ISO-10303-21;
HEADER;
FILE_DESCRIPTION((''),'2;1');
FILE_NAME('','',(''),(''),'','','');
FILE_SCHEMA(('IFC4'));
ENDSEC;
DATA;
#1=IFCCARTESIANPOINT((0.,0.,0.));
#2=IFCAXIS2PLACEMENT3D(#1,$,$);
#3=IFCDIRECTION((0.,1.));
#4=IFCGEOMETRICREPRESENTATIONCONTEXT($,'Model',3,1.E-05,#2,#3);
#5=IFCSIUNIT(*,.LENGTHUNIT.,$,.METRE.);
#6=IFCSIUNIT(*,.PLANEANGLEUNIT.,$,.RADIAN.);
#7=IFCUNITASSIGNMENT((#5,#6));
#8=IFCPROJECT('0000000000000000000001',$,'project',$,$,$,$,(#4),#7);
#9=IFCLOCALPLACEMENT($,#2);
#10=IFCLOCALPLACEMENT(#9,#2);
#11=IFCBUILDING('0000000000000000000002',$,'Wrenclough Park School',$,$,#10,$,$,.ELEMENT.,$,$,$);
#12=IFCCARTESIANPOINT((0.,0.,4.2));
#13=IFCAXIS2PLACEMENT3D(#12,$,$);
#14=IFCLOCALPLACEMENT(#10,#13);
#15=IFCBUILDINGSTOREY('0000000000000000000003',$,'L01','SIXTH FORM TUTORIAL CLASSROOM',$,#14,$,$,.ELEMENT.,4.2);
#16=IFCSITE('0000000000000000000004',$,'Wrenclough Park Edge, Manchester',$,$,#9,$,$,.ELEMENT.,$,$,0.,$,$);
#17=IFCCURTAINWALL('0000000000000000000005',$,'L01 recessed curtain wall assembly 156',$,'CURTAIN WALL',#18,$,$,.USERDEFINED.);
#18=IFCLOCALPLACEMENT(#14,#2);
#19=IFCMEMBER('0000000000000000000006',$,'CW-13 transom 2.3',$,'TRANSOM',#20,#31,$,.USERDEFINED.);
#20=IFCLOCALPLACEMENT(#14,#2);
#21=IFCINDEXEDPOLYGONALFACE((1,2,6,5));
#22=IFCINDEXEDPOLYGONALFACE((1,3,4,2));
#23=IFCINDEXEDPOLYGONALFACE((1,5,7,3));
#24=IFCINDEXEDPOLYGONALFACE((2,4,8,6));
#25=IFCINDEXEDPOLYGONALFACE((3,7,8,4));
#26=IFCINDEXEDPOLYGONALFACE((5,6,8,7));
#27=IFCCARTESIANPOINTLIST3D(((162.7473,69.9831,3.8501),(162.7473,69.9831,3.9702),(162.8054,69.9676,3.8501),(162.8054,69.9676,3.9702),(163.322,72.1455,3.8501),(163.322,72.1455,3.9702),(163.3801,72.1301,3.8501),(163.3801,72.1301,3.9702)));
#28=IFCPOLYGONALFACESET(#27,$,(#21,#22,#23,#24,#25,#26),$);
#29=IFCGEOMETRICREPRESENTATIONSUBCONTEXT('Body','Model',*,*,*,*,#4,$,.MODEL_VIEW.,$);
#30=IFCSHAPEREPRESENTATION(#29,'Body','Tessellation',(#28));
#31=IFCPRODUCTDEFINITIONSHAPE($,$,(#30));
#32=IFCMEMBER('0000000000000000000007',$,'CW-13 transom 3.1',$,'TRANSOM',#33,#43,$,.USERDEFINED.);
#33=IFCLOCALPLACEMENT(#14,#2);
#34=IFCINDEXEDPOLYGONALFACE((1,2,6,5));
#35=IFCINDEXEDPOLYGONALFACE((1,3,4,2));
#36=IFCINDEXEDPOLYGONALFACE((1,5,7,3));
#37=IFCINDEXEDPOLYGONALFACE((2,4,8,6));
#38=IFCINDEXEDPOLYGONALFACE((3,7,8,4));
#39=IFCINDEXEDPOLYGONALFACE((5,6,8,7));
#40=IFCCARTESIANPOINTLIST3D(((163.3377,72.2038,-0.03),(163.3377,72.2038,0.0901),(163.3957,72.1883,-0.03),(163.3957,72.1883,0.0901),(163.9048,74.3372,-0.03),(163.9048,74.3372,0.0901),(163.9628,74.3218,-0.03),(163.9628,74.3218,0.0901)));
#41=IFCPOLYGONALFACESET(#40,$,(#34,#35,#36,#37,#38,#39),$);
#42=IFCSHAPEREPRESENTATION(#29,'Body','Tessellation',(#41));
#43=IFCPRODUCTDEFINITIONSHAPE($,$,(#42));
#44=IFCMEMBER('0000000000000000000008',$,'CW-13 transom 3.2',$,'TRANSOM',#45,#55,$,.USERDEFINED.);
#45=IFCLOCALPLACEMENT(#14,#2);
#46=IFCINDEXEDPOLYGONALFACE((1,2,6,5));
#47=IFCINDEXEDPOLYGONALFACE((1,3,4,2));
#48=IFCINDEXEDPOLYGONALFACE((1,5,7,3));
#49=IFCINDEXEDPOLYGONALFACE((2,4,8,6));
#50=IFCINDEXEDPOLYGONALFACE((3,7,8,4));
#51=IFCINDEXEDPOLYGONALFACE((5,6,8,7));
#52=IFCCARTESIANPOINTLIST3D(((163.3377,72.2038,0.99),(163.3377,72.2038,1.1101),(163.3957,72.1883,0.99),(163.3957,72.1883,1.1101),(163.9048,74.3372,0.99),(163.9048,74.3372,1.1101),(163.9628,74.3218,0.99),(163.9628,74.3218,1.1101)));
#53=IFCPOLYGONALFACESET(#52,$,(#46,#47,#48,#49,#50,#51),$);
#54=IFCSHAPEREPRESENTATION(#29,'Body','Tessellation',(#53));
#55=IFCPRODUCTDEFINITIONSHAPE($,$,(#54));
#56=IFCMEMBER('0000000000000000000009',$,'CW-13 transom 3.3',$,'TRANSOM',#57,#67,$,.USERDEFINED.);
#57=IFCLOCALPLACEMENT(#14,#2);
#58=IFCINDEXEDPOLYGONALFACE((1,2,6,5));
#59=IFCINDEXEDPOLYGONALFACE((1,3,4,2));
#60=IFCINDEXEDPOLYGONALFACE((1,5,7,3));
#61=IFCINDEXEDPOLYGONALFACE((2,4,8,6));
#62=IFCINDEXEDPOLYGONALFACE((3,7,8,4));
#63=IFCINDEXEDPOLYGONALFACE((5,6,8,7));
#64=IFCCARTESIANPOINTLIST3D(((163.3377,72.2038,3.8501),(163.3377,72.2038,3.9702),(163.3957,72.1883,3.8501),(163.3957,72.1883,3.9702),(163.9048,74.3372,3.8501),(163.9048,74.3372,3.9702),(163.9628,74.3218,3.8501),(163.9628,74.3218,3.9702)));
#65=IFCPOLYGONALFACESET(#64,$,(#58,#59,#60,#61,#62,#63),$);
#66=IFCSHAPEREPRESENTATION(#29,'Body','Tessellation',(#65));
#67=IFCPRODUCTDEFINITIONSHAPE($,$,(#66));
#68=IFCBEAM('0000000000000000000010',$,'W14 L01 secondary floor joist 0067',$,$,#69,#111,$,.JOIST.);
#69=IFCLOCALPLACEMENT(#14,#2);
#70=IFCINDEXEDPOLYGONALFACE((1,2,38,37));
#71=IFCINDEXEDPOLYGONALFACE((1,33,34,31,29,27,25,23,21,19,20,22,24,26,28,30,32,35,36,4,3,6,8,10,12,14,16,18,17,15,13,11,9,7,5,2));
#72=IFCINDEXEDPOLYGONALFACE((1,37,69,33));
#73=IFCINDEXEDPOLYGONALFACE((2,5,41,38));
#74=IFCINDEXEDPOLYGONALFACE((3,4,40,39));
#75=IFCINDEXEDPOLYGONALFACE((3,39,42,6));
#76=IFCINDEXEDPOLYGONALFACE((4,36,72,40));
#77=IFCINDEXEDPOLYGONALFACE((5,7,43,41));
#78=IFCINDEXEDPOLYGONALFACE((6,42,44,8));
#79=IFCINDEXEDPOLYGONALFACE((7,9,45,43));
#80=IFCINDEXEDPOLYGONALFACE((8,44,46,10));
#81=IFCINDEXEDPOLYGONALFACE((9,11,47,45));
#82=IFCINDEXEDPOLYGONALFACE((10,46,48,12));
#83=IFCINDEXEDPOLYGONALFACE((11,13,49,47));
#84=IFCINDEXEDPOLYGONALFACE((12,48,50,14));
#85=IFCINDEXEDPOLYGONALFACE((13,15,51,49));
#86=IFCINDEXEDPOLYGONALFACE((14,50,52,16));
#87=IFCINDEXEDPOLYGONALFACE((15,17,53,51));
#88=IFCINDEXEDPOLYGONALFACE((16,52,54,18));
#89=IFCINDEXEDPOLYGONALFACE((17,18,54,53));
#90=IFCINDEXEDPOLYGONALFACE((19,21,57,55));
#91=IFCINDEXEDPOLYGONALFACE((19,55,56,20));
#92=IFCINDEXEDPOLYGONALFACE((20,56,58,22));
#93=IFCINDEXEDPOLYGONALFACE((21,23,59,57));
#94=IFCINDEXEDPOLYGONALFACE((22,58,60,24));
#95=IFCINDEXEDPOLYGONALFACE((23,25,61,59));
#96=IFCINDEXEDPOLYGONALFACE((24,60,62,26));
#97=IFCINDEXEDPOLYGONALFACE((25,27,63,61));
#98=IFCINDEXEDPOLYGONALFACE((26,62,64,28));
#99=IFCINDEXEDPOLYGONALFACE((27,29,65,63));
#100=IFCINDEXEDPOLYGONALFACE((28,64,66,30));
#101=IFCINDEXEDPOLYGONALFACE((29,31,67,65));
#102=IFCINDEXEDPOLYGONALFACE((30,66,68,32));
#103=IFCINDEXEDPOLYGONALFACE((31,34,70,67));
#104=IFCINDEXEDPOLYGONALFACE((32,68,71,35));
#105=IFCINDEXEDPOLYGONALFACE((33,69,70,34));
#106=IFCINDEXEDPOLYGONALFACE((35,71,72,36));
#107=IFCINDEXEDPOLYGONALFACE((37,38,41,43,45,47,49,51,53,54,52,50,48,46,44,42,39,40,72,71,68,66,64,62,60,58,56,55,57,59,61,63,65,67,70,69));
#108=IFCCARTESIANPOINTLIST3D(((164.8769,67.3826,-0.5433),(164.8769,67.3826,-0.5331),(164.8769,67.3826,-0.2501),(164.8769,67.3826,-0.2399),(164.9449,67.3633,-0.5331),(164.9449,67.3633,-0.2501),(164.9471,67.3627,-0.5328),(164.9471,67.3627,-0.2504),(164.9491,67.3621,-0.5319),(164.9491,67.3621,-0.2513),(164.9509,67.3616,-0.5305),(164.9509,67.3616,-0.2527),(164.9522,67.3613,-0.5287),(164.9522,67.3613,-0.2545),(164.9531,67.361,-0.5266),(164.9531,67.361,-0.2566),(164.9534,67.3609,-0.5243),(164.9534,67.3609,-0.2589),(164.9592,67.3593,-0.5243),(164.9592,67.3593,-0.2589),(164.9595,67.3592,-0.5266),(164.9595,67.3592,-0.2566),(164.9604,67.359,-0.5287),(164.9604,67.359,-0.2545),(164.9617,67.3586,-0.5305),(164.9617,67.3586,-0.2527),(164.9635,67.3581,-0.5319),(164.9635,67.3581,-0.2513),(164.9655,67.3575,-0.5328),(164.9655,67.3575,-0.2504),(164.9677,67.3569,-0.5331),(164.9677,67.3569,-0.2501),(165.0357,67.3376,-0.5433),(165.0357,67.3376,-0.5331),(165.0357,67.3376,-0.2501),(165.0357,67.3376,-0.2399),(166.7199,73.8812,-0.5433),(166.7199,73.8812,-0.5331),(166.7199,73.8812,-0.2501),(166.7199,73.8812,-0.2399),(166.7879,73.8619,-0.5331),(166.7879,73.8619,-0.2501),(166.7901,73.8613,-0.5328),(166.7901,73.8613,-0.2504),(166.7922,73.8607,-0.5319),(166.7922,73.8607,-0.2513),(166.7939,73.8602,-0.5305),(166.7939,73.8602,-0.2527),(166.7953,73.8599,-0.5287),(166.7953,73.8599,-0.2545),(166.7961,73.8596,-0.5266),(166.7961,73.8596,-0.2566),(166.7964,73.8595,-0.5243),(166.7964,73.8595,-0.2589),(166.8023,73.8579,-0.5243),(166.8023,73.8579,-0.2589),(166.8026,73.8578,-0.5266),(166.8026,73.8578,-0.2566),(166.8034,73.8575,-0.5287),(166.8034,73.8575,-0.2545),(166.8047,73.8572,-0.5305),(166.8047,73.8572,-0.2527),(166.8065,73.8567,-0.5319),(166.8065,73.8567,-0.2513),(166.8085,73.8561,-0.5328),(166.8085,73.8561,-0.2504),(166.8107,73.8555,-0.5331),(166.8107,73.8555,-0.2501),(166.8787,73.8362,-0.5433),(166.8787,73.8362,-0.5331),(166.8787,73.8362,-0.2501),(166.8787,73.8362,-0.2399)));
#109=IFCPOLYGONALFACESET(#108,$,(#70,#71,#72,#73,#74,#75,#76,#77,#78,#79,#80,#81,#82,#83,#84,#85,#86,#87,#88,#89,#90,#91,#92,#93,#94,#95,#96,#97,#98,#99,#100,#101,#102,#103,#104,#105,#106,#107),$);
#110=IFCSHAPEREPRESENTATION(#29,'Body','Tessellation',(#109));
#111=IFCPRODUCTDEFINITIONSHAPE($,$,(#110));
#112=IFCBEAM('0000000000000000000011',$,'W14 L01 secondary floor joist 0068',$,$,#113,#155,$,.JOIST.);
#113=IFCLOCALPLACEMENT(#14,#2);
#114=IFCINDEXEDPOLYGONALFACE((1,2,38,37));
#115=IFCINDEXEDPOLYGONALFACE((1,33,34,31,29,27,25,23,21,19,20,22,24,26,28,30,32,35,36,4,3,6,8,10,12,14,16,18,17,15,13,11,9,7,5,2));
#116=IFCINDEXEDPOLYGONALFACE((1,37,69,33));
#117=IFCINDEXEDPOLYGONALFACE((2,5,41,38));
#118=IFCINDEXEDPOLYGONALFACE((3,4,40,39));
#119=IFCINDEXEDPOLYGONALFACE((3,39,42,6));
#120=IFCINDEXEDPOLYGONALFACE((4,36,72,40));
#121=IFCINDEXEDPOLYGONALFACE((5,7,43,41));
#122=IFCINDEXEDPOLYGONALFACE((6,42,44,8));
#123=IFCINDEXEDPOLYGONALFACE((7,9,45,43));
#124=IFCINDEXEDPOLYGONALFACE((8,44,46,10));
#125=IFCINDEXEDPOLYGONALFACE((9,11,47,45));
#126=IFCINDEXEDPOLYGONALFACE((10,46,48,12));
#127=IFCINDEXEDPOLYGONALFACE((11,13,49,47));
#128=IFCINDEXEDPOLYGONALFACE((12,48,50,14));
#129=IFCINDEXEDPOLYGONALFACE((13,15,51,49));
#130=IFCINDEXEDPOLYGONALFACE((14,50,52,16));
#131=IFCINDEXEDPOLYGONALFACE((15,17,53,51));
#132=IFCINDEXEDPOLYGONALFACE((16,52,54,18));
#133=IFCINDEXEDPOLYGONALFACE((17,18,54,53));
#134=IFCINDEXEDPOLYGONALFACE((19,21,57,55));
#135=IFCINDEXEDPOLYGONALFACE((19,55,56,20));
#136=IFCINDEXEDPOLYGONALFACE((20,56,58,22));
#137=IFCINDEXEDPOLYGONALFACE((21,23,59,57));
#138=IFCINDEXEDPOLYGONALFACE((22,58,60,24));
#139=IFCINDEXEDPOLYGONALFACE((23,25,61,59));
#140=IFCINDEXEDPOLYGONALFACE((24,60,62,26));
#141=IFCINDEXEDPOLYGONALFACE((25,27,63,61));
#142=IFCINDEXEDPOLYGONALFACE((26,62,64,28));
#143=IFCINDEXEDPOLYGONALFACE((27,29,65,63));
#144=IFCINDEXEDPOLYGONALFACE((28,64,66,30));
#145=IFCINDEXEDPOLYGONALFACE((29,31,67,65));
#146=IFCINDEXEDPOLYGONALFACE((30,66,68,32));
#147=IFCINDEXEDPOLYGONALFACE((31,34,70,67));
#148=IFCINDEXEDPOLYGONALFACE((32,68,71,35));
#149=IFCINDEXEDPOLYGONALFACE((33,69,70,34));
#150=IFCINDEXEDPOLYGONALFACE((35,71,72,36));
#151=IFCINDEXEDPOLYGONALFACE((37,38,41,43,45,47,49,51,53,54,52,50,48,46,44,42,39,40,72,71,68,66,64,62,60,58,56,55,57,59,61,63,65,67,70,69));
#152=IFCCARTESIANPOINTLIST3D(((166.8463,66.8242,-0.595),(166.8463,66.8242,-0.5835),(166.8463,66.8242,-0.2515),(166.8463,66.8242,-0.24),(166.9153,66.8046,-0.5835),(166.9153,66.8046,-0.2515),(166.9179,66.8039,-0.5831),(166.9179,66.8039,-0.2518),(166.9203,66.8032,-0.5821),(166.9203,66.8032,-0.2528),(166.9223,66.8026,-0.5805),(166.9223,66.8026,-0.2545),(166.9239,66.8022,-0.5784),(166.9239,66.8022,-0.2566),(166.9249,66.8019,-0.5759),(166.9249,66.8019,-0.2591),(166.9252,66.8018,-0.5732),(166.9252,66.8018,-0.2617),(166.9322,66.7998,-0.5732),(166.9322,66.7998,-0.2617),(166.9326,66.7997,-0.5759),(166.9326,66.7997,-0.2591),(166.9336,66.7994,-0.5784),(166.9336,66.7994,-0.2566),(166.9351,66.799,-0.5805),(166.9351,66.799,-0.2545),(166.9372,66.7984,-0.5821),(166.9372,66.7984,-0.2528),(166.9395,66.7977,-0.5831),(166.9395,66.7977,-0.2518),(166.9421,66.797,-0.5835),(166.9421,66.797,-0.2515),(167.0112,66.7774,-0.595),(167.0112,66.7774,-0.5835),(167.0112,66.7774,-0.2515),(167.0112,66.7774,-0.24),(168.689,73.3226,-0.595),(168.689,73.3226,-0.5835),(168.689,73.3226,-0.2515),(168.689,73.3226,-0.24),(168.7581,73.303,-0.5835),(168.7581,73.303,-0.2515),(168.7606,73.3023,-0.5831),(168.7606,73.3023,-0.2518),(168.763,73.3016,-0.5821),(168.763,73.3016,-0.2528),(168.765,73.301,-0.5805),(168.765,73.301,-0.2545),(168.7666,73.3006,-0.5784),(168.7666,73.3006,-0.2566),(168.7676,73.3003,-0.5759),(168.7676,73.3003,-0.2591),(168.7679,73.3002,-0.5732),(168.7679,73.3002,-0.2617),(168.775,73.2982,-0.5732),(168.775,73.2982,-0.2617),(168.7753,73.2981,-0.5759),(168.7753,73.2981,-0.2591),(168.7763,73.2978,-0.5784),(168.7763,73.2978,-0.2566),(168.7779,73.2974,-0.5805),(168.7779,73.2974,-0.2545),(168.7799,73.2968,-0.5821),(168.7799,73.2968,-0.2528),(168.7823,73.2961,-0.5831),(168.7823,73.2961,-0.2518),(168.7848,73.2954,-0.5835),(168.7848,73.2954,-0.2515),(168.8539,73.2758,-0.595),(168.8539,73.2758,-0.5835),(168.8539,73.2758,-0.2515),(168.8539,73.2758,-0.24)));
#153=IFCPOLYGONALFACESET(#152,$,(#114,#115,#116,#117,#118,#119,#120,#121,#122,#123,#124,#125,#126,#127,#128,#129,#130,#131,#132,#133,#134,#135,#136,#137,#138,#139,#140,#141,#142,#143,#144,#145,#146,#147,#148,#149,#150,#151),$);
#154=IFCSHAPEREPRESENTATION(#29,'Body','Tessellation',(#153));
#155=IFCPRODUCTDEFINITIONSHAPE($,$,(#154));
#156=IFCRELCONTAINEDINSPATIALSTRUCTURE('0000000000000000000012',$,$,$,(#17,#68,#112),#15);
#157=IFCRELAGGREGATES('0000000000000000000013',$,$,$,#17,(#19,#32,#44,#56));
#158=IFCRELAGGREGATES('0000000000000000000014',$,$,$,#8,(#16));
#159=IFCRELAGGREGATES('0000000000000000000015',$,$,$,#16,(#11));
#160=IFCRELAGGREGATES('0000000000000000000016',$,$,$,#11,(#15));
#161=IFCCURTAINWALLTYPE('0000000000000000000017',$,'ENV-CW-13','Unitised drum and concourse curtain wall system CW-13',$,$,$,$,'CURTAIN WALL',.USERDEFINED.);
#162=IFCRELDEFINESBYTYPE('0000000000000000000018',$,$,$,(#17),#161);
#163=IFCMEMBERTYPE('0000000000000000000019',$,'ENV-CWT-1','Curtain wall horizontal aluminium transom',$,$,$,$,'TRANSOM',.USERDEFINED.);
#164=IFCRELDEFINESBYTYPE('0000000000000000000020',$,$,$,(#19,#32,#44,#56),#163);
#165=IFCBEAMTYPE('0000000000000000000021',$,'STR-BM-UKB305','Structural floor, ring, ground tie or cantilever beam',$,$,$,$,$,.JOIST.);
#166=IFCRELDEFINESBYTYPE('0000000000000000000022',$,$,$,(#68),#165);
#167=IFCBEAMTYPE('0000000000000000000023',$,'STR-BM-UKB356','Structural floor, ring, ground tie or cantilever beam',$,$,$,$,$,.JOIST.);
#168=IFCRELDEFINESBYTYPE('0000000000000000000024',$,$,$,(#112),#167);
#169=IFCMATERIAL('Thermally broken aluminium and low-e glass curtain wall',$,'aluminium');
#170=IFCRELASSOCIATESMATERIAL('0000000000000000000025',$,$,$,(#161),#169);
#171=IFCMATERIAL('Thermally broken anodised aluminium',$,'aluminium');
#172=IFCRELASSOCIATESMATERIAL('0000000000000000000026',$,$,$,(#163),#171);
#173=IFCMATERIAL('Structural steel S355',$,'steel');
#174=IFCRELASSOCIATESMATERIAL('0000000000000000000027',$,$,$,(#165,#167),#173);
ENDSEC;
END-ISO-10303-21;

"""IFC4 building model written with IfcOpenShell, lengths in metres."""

from ifc_helpers import new_model, si_unit, direction, frame, origin, origin_2d, place, context, subcontext, project, spatial, rectangle, i_section, extrude, material, material_profile, profile_set, type_object, element, aggregate, save


model = new_model("IFC4")

# Units and contexts
model_context = context("Model", 3, precision=1e-05, world=origin(), true_north=direction((0.0, 1.0)))
body_context = subcontext(model_context, "Body", "Model", "MODEL_VIEW")
ifc_project = project(units=[si_unit("LENGTHUNIT", "METRE"), si_unit("PLANEANGLEUNIT", "RADIAN")], contexts=[model_context])

# Site, building, storey
site_placement = place(None, origin())
site = spatial("IfcSite", under=ifc_project, at=site_placement, Name="Wrenclough Park Edge, Manchester", CompositionType="ELEMENT", RefElevation=0.0)
building_placement = place(site_placement, origin())
building = spatial("IfcBuilding", under=site, at=building_placement, Name="Wrenclough Park School", CompositionType="ELEMENT")
storey_placement = place(building_placement, frame((0.0, 0.0, 4.2)))
storey = spatial("IfcBuildingStorey", under=building, at=storey_placement, Name="L01", Description="SIXTH FORM TUTORIAL CLASSROOM", CompositionType="ELEMENT", Elevation=4.2)

# Shared definitions
ifc_material_1 = material(Name="Structural steel S355", Category="steel")

# Curtain wall
ifc_material_2 = material(Name="Thermally broken aluminium and low-e glass curtain wall", Category="aluminium")
curtain_wall_type_1 = type_object("IfcCurtainWallType", Name="ENV-CW-13", Description="Unitised drum and concourse curtain wall system CW-13", ElementType="CURTAIN WALL", PredefinedType="USERDEFINED", material=ifc_material_2)
curtain_wall_1_placement = place(storey_placement, origin())
curtain_wall_1 = element("IfcCurtainWall", 1, at=curtain_wall_1_placement, inside=storey, type_object=curtain_wall_type_1, Name="L01 recessed curtain wall assembly 156", ObjectType="CURTAIN WALL", PredefinedType="USERDEFINED")
ifc_material_3 = material(Name="Thermally broken anodised aluminium", Category="aluminium")

# Members
ifc_material_profile_1 = material_profile(ifc_material_3, rectangle(XDim=0.0601, YDim=0.1201, at=origin_2d()), Name="AL TRANSOM 60x120")
ifc_profile_set_1 = profile_set([ifc_material_profile_1], Name="Thermally broken anodised aluminium")
member_type_1 = type_object("IfcMemberType", Name="ENV-CWT-1", Description="Curtain wall horizontal aluminium transom", ElementType="TRANSOM", PredefinedType="USERDEFINED", material=ifc_profile_set_1)
member_1_placement = place(storey_placement, frame((162.7764, 69.9753, 3.9102), z_axis=(0.256834, 0.966456, 0.0), x_axis=(-0.966456, 0.256834, 0.0)))
member_1 = element("IfcMember", 2, at=member_1_placement, type_object=member_type_1, Name="CW-13 transom 2.3", ObjectType="TRANSOM", PredefinedType="USERDEFINED", context=body_context, shape_type="SweptSolid", body=[
    extrude(rectangle(XDim=0.0601, YDim=0.1201, at=origin_2d()), origin(), (0.0, 0.0, 1.0), 2.2375),
])
member_2_placement = place(storey_placement, frame((163.3667, 72.196, 0.03), z_axis=(0.256899, 0.966438, 0.0), x_axis=(-0.966438, 0.256899, 0.0)))
member_2 = element("IfcMember", 3, at=member_2_placement, type_object=member_type_1, Name="CW-13 transom 3.1", ObjectType="TRANSOM", PredefinedType="USERDEFINED", context=body_context, shape_type="SweptSolid", body=[
    extrude(rectangle(XDim=0.0601, YDim=0.1201, at=origin_2d()), origin(), (0.0, 0.0, 1.0), 2.2075),
])
member_3_placement = place(storey_placement, frame((163.3667, 72.196, 1.05), z_axis=(0.256899, 0.966438, 0.0), x_axis=(-0.966438, 0.256899, 0.0)))
member_3 = element("IfcMember", 4, at=member_3_placement, type_object=member_type_1, Name="CW-13 transom 3.2", ObjectType="TRANSOM", PredefinedType="USERDEFINED", context=body_context, shape_type="SweptSolid", body=[
    extrude(rectangle(XDim=0.0601, YDim=0.1201, at=origin_2d()), origin(), (0.0, 0.0, 1.0), 2.2075),
])
member_4_placement = place(storey_placement, frame((163.3667, 72.196, 3.9102), z_axis=(0.256899, 0.966438, 0.0), x_axis=(-0.966438, 0.256899, 0.0)))
member_4 = element("IfcMember", 5, at=member_4_placement, type_object=member_type_1, Name="CW-13 transom 3.3", ObjectType="TRANSOM", PredefinedType="USERDEFINED", context=body_context, shape_type="SweptSolid", body=[
    extrude(rectangle(XDim=0.0601, YDim=0.1201, at=origin_2d()), origin(), (0.0, 0.0, 1.0), 2.2075),
])

# Beams
ifc_material_profile_2 = material_profile(ifc_material_1, i_section(OverallWidth=0.165, OverallDepth=0.3035, WebThickness=0.0061, FlangeThickness=0.0103, FilletRadius=0.0088, at=origin_2d()), Name="UKB 305x165x40")
ifc_profile_set_2 = profile_set([ifc_material_profile_2], Name="Structural steel S355")
beam_type_1 = type_object("IfcBeamType", Name="STR-BM-UKB305", Description="Structural floor, ring, ground tie or cantilever beam", PredefinedType="JOIST", material=ifc_profile_set_2)
beam_1_placement = place(storey_placement, frame((164.9563, 67.3601, -0.3916), z_axis=(0.272845, 0.962058, 0.0), x_axis=(-0.962058, 0.272845, 0.0)))
element("IfcBeam", 6, at=beam_1_placement, inside=storey, type_object=beam_type_1, Name="W14 L01 secondary floor joist 0067", PredefinedType="JOIST", context=body_context, shape_type="SweptSolid", body=[
    extrude(i_section(OverallWidth=0.165, OverallDepth=0.3035, WebThickness=0.0061, FlangeThickness=0.0103, FilletRadius=0.0088, at=origin_2d()), origin(), (0.0, 0.0, 1.0), 6.7549),
])
ifc_material_profile_3 = material_profile(ifc_material_1, i_section(OverallWidth=0.1714, OverallDepth=0.355, WebThickness=0.0073, FlangeThickness=0.0115, FilletRadius=0.0103, at=origin_2d()), Name="UKB 356x171x51")
ifc_profile_set_3 = profile_set([ifc_material_profile_3], Name="Structural steel S355")
beam_type_2 = type_object("IfcBeamType", Name="STR-BM-UKB356", Description="Structural floor, ring, ground tie or cantilever beam", PredefinedType="JOIST", material=ifc_profile_set_3)
beam_2_placement = place(storey_placement, frame((166.9287, 66.8008, -0.4175), z_axis=(0.272811, 0.962068, 0.0), x_axis=(-0.962068, 0.272811, 0.0)))
element("IfcBeam", 7, at=beam_2_placement, inside=storey, type_object=beam_type_2, Name="W14 L01 secondary floor joist 0068", PredefinedType="JOIST", context=body_context, shape_type="SweptSolid", body=[
    extrude(i_section(OverallWidth=0.1714, OverallDepth=0.355, WebThickness=0.0073, FlangeThickness=0.0115, FilletRadius=0.0103, at=origin_2d()), origin(), (0.0, 0.0, 1.0), 6.7546),
])

aggregate(curtain_wall_1, [member_1, member_2, member_3, member_4])

save(model, "model.ifc")
